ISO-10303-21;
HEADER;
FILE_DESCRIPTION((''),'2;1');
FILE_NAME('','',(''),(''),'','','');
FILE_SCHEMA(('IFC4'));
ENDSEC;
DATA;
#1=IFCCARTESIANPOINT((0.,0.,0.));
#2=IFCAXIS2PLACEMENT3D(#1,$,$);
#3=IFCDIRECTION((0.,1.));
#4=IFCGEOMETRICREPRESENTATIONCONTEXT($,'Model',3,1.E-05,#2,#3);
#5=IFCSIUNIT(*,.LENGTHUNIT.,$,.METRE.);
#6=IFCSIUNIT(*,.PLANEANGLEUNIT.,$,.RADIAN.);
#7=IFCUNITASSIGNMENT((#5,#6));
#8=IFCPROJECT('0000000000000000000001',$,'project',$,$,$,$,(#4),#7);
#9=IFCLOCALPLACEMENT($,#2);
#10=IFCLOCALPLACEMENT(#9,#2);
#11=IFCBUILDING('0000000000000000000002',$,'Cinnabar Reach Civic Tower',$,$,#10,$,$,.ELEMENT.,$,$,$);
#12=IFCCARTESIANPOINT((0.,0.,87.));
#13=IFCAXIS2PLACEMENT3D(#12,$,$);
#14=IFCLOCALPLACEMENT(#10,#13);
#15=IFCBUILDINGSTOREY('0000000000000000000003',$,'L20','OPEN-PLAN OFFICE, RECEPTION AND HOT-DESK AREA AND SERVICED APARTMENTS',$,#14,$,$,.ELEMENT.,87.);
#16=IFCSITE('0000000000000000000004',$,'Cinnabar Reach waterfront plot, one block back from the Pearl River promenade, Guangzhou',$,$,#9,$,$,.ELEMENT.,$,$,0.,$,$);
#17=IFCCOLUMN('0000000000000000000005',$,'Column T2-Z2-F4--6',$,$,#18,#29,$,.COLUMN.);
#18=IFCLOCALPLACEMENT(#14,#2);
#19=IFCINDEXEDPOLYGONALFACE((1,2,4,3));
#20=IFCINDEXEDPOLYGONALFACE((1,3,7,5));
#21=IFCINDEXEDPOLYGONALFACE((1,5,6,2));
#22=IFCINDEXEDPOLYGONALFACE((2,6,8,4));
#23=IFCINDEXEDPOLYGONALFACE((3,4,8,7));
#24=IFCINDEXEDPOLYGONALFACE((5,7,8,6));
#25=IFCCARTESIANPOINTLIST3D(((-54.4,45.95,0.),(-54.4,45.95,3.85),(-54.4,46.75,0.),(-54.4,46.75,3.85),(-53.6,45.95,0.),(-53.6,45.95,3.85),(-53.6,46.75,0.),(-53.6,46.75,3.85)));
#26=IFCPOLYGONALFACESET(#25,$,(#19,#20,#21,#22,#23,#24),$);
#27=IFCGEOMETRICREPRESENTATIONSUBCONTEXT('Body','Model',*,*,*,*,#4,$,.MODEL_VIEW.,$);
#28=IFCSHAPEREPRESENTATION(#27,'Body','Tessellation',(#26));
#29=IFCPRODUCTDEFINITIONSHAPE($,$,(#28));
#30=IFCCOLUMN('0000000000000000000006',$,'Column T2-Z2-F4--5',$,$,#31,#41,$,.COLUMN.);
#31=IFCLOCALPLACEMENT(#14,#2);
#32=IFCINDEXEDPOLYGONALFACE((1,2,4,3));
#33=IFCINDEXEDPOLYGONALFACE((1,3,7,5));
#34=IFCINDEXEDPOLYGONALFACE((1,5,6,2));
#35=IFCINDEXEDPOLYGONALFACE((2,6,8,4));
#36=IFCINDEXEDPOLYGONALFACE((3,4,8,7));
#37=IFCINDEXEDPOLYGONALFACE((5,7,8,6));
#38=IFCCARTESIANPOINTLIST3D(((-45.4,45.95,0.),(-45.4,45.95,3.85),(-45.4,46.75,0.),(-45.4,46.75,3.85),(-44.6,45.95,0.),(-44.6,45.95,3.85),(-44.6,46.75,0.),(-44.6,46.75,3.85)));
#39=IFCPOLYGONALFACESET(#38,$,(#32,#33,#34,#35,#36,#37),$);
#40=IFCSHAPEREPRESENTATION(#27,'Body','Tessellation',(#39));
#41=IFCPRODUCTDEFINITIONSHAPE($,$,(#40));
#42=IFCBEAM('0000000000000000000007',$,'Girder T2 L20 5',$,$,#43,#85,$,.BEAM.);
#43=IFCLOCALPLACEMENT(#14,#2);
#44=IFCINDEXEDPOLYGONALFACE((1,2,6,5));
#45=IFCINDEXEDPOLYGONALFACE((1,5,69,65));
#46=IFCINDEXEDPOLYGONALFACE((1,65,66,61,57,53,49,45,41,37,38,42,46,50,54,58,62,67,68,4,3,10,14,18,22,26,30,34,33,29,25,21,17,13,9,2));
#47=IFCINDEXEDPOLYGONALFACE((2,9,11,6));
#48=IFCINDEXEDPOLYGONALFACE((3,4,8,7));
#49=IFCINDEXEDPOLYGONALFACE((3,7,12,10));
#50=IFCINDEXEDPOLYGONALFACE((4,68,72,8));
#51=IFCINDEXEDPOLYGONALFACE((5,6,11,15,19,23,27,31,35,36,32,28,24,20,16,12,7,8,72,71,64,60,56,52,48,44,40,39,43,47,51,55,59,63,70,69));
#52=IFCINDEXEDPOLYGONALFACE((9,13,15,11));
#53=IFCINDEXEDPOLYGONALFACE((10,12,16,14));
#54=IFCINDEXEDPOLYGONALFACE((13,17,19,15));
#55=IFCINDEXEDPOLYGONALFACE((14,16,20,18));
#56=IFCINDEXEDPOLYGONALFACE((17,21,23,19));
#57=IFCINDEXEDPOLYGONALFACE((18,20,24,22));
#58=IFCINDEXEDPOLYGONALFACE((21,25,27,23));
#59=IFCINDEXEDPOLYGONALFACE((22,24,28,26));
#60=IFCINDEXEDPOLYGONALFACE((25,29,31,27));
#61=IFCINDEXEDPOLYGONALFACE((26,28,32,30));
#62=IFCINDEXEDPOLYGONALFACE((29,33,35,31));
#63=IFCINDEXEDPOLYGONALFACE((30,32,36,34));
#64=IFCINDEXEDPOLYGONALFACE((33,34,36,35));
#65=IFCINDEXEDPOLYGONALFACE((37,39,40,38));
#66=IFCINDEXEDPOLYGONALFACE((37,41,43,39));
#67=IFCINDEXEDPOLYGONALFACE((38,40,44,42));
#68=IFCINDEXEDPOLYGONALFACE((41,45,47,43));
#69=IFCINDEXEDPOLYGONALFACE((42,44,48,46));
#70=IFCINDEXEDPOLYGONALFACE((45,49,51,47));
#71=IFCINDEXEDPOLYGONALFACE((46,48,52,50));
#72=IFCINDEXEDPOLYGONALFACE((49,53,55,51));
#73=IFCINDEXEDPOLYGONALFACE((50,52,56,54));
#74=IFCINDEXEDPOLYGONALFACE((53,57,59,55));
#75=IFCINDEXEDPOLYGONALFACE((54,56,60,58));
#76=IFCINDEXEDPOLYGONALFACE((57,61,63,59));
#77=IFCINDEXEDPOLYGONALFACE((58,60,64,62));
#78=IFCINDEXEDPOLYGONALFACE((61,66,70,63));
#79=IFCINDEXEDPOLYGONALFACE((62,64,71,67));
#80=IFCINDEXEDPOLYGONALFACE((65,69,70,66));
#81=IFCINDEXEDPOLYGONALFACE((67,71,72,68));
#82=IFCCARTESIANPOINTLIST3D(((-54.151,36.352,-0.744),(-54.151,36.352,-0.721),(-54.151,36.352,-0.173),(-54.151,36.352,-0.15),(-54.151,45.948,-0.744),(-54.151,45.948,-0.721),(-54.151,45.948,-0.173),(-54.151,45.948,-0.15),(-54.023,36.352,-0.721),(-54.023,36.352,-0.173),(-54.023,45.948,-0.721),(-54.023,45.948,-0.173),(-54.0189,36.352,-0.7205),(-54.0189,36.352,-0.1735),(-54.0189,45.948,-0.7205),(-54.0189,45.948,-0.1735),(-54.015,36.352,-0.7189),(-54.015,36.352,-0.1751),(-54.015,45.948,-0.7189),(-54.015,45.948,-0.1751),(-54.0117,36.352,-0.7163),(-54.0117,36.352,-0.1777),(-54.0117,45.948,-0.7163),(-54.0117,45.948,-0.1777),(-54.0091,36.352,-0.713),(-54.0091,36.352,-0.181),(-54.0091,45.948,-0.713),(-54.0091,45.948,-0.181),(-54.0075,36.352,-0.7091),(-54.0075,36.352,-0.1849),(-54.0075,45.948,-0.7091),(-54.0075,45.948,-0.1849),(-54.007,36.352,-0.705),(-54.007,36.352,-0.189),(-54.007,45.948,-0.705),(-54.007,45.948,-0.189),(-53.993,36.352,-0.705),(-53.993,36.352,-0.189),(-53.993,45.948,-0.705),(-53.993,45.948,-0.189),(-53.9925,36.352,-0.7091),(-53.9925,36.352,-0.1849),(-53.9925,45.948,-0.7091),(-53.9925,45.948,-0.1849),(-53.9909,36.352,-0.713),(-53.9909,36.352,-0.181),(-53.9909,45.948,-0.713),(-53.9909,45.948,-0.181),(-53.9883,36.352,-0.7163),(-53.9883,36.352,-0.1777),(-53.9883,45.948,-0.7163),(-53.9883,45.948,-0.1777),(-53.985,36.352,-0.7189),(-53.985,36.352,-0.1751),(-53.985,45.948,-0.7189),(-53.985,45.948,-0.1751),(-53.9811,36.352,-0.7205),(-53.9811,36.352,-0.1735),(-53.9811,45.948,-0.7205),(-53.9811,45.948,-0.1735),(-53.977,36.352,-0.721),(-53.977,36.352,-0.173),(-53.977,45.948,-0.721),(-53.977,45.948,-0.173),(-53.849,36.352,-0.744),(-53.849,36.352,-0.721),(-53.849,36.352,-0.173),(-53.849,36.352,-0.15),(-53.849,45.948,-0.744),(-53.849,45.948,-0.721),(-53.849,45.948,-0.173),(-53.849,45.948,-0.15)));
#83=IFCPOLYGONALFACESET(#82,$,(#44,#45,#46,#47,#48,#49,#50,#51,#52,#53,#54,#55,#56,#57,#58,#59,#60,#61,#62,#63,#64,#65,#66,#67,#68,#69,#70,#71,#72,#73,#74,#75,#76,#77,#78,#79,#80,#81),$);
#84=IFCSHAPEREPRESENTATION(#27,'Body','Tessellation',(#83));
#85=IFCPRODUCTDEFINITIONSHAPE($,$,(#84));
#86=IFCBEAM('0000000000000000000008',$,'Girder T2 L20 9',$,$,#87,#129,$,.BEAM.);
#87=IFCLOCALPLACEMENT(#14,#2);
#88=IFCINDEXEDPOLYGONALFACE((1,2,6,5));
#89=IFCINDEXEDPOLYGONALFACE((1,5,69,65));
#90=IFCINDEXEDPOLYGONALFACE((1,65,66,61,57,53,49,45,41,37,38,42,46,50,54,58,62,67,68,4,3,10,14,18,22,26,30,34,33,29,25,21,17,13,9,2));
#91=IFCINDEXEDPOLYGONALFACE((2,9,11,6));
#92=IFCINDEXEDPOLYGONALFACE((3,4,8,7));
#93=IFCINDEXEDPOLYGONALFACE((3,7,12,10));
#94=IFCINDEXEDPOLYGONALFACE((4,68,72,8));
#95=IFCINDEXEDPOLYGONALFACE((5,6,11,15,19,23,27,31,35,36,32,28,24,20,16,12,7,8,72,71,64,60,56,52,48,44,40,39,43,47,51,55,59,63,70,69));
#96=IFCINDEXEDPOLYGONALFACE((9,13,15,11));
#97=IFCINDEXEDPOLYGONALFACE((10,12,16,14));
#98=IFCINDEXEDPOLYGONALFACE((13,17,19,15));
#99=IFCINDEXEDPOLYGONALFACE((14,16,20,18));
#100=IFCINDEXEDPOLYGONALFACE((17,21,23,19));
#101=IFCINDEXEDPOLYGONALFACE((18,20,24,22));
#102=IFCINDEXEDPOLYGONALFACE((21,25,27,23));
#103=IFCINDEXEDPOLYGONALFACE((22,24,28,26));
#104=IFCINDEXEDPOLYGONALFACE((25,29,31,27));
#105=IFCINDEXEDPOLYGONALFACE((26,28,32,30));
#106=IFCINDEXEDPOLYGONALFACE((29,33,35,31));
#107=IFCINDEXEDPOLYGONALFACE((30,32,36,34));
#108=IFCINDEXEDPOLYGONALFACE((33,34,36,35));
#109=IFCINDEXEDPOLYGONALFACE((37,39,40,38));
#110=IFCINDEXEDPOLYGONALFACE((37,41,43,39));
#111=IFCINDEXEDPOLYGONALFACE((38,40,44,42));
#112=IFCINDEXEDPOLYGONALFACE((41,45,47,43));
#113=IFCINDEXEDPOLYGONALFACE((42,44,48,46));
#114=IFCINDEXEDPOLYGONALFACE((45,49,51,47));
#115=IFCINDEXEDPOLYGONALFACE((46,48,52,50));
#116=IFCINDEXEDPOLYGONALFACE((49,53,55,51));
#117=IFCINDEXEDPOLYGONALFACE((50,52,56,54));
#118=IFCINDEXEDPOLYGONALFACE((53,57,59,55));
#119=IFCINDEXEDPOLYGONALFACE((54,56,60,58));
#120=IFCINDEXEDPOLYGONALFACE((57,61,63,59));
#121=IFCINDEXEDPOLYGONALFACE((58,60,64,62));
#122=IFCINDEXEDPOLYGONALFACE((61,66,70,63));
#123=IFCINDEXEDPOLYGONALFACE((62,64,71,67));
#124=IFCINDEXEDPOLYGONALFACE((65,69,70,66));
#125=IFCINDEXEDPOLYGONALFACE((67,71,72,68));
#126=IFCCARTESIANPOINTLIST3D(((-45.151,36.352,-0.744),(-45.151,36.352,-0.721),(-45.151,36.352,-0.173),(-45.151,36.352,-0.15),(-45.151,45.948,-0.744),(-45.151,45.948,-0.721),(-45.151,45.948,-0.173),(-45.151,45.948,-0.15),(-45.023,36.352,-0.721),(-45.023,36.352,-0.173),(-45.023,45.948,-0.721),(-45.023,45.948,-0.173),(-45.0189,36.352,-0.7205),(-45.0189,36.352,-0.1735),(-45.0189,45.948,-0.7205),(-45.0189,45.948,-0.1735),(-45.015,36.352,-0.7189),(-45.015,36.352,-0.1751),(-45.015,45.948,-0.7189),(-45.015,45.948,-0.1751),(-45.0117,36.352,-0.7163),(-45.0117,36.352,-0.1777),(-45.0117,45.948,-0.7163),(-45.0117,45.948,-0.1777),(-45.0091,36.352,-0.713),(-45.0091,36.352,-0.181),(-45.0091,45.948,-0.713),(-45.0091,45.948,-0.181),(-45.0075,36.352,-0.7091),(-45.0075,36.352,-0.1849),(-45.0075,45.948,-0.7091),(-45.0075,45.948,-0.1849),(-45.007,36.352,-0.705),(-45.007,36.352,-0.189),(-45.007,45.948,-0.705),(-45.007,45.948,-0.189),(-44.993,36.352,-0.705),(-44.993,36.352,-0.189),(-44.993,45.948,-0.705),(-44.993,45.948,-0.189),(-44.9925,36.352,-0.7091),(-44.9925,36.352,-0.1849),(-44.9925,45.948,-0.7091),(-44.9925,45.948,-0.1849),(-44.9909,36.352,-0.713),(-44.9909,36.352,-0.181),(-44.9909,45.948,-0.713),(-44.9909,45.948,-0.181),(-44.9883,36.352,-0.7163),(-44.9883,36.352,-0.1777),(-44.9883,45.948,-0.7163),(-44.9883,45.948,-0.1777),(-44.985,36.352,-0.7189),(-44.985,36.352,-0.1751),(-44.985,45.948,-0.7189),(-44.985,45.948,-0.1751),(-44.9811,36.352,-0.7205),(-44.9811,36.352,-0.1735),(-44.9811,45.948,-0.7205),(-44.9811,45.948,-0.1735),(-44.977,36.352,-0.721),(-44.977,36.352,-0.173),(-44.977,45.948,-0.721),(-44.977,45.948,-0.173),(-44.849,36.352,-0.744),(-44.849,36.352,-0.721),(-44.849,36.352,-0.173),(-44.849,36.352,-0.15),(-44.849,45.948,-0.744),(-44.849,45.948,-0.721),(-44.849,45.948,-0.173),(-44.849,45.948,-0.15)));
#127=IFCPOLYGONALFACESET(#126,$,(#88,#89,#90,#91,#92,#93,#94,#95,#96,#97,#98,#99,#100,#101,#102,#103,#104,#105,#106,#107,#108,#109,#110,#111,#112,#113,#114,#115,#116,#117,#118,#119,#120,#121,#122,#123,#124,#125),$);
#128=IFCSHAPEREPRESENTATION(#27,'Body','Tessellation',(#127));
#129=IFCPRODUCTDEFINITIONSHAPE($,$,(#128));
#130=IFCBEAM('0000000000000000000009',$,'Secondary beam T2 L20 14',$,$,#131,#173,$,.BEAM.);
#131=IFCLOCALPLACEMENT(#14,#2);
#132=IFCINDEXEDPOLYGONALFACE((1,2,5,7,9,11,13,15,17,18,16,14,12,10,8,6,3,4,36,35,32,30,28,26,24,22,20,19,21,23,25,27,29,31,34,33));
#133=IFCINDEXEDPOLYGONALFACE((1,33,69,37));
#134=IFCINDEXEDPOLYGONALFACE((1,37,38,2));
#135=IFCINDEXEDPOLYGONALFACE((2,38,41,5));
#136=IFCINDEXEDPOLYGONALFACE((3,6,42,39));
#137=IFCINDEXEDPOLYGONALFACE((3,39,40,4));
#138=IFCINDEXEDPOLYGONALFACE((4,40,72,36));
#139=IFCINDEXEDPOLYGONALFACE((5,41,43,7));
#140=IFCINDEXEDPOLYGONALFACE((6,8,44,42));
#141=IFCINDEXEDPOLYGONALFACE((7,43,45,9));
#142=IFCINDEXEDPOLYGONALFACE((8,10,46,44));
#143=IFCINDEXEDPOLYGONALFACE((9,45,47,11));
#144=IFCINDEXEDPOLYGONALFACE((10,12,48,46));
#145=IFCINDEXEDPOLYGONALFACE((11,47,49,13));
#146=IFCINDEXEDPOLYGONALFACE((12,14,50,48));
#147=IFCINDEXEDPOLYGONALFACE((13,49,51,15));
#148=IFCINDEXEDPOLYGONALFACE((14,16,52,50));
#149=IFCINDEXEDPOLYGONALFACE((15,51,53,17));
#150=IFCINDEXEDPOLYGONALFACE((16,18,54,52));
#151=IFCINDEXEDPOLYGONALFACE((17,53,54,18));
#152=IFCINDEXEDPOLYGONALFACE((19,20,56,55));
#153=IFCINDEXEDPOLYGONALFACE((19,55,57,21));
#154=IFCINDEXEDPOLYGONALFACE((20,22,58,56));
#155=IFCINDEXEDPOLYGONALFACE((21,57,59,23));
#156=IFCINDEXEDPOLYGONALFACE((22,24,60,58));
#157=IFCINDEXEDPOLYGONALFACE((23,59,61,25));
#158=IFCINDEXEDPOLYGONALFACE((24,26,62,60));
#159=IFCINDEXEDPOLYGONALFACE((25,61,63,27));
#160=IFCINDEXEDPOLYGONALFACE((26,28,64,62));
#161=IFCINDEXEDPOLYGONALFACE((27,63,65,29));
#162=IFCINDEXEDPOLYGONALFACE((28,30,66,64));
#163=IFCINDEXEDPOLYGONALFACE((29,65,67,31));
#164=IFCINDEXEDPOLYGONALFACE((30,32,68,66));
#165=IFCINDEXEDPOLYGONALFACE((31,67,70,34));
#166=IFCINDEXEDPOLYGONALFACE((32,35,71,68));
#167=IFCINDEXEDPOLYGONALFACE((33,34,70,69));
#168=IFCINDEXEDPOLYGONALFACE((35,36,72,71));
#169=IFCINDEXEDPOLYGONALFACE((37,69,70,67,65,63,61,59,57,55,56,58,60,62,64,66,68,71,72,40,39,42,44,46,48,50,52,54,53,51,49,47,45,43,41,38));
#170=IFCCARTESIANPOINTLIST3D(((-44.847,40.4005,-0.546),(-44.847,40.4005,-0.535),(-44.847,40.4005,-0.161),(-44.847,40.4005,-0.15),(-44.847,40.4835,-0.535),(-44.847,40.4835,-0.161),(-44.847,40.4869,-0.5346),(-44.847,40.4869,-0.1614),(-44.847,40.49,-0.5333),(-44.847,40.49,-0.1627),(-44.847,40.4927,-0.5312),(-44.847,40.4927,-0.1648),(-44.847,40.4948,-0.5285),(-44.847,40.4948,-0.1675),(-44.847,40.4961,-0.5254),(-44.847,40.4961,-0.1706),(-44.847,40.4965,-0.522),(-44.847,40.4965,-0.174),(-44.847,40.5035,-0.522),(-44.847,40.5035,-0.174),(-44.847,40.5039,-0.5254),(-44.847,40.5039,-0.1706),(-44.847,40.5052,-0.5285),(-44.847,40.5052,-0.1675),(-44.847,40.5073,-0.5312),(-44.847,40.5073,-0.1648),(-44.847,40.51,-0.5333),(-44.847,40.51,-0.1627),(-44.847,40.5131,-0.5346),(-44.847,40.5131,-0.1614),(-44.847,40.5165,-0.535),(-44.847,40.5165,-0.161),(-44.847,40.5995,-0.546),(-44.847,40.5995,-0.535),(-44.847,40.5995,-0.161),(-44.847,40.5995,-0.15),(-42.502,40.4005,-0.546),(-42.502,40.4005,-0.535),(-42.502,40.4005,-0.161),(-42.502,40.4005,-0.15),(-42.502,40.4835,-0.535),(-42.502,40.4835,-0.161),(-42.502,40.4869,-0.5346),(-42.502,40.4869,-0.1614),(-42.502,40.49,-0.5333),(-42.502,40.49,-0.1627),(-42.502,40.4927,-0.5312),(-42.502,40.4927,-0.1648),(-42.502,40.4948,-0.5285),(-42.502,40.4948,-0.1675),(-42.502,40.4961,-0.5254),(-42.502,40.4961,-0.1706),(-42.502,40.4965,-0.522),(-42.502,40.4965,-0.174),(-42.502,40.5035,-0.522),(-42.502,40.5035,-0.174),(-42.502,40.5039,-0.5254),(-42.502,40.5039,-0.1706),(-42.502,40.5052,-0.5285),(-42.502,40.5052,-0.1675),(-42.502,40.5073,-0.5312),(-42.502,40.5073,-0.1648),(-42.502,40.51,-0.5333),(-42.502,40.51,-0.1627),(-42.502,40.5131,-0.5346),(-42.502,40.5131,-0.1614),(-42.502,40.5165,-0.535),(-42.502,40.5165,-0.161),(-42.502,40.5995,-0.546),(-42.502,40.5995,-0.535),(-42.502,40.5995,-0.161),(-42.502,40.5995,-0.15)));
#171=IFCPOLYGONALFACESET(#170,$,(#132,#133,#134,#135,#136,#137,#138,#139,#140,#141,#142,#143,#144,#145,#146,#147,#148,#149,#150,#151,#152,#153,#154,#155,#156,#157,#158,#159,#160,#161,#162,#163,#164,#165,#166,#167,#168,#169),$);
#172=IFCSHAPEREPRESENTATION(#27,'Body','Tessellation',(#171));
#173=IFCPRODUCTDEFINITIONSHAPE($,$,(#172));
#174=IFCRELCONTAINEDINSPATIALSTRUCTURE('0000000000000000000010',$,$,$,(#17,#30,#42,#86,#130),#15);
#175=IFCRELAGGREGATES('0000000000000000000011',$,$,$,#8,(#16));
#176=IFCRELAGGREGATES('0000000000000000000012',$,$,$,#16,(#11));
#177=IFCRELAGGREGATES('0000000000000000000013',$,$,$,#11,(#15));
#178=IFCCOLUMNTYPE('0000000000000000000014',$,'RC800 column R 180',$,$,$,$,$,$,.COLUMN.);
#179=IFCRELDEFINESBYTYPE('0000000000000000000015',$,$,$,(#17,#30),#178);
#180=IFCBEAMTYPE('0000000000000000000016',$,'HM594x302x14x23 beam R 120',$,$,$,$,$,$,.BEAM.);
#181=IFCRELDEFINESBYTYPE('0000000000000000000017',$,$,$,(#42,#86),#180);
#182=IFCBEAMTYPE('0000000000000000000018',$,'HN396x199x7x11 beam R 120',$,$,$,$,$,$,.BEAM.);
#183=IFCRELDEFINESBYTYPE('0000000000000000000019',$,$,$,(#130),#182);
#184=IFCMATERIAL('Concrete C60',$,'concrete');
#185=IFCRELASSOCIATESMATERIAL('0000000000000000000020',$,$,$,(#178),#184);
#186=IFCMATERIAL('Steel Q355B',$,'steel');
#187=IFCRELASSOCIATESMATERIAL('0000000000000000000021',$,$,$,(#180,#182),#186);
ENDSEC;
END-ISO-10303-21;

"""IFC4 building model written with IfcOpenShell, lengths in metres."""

from ifc_helpers import new_model, si_unit, direction, frame, origin, origin_2d, place, context, subcontext, project, spatial, rectangle, i_section, extrude, material, material_profile, profile_set, type_object, element, save


model = new_model("IFC4")

# Units and contexts
model_context = context("Model", 3, precision=1e-05, world=origin(), true_north=direction((0.0, 1.0)))
body_context = subcontext(model_context, "Body", "Model", "MODEL_VIEW")
ifc_project = project(units=[si_unit("LENGTHUNIT", "METRE"), si_unit("PLANEANGLEUNIT", "RADIAN")], contexts=[model_context])

# Site, building, storey
site_placement = place(None, origin())
site = spatial("IfcSite", under=ifc_project, at=site_placement, Name="Cinnabar Reach waterfront plot, one block back from the Pearl River promenade, Guangzhou", CompositionType="ELEMENT", RefElevation=0.0)
building_placement = place(site_placement, origin())
building = spatial("IfcBuilding", under=site, at=building_placement, Name="Cinnabar Reach Civic Tower", CompositionType="ELEMENT")
storey_placement = place(building_placement, frame((0.0, 0.0, 87.0)))
storey = spatial("IfcBuildingStorey", under=building, at=storey_placement, Name="L20", Description="OPEN-PLAN OFFICE, RECEPTION AND HOT-DESK AREA AND SERVICED APARTMENTS", CompositionType="ELEMENT", Elevation=87.0)

# Columns
ifc_material_1 = material(Name="Concrete C60", Category="concrete")
ifc_material_profile_1 = material_profile(ifc_material_1, rectangle(XDim=0.8, YDim=0.8, at=origin_2d()), Name="RC800")
ifc_profile_set_1 = profile_set([ifc_material_profile_1], Name="Concrete C60")
column_type = type_object("IfcColumnType", Name="RC800 column R 180", PredefinedType="COLUMN", material=ifc_profile_set_1)
for number, where, z_axis, x_axis, name in (
    (1, (-54.0, 46.35, 0.0), (0.0, 0.0, 1.0), (1.0, 0.0, 0.0), "Column T2-Z2-F4--6"),
    (2, (-45.0, 46.35, 0.0), (0.0, 0.0, 1.0), (1.0, 0.0, 0.0), "Column T2-Z2-F4--5"),
):
    element("IfcColumn", number, at=place(storey_placement, frame(where, z_axis=z_axis, x_axis=x_axis)), inside=storey, type_object=column_type, Name=name, PredefinedType="COLUMN", context=body_context, shape_type="SweptSolid", body=[
        extrude(rectangle(XDim=0.8, YDim=0.8, at=origin_2d()), origin(), (0.0, 0.0, 1.0), 3.85),
    ])

# Beams
ifc_material_2 = material(Name="Steel Q355B", Category="steel")
ifc_material_profile_2 = material_profile(ifc_material_2, i_section(OverallWidth=0.302, OverallDepth=0.594, WebThickness=0.014, FlangeThickness=0.023, FilletRadius=0.016, at=origin_2d()), Name="HM594x302x14x23")
ifc_profile_set_2 = profile_set([ifc_material_profile_2], Name="Steel Q355B")
beam_type_1 = type_object("IfcBeamType", Name="HM594x302x14x23 beam R 120", PredefinedType="BEAM", material=ifc_profile_set_2)
for number, where, z_axis, x_axis, name in (
    (3, (-54.0, 36.352, -0.447), (0.0, 1.0, 0.0), (-1.0, 0.0, 0.0), "Girder T2 L20 5"),
    (4, (-45.0, 36.352, -0.447), (0.0, 1.0, 0.0), (-1.0, 0.0, 0.0), "Girder T2 L20 9"),
):
    element("IfcBeam", number, at=place(storey_placement, frame(where, z_axis=z_axis, x_axis=x_axis)), inside=storey, type_object=beam_type_1, Name=name, PredefinedType="BEAM", context=body_context, shape_type="SweptSolid", body=[
        extrude(i_section(OverallWidth=0.302, OverallDepth=0.594, WebThickness=0.014, FlangeThickness=0.023, FilletRadius=0.016, at=origin_2d()), origin(), (0.0, 0.0, 1.0), 9.596),
    ])
ifc_material_profile_3 = material_profile(ifc_material_2, i_section(OverallWidth=0.199, OverallDepth=0.396, WebThickness=0.007, FlangeThickness=0.011, FilletRadius=0.013, at=origin_2d()), Name="HN396x199x7x11")
ifc_profile_set_3 = profile_set([ifc_material_profile_3], Name="Steel Q355B")
beam_type_2 = type_object("IfcBeamType", Name="HN396x199x7x11 beam R 120", PredefinedType="BEAM", material=ifc_profile_set_3)
beam_1_placement = place(storey_placement, frame((-44.847, 40.5, -0.348), z_axis=(1.0, 0.0, 0.0), x_axis=(0.0, 1.0, 0.0)))
element("IfcBeam", 5, at=beam_1_placement, inside=storey, type_object=beam_type_2, Name="Secondary beam T2 L20 14", PredefinedType="BEAM", context=body_context, shape_type="SweptSolid", body=[
    extrude(i_section(OverallWidth=0.199, OverallDepth=0.396, WebThickness=0.007, FlangeThickness=0.011, FilletRadius=0.013, at=origin_2d()), origin(), (0.0, 0.0, 1.0), 2.345),
])

save(model, "model.ifc")
